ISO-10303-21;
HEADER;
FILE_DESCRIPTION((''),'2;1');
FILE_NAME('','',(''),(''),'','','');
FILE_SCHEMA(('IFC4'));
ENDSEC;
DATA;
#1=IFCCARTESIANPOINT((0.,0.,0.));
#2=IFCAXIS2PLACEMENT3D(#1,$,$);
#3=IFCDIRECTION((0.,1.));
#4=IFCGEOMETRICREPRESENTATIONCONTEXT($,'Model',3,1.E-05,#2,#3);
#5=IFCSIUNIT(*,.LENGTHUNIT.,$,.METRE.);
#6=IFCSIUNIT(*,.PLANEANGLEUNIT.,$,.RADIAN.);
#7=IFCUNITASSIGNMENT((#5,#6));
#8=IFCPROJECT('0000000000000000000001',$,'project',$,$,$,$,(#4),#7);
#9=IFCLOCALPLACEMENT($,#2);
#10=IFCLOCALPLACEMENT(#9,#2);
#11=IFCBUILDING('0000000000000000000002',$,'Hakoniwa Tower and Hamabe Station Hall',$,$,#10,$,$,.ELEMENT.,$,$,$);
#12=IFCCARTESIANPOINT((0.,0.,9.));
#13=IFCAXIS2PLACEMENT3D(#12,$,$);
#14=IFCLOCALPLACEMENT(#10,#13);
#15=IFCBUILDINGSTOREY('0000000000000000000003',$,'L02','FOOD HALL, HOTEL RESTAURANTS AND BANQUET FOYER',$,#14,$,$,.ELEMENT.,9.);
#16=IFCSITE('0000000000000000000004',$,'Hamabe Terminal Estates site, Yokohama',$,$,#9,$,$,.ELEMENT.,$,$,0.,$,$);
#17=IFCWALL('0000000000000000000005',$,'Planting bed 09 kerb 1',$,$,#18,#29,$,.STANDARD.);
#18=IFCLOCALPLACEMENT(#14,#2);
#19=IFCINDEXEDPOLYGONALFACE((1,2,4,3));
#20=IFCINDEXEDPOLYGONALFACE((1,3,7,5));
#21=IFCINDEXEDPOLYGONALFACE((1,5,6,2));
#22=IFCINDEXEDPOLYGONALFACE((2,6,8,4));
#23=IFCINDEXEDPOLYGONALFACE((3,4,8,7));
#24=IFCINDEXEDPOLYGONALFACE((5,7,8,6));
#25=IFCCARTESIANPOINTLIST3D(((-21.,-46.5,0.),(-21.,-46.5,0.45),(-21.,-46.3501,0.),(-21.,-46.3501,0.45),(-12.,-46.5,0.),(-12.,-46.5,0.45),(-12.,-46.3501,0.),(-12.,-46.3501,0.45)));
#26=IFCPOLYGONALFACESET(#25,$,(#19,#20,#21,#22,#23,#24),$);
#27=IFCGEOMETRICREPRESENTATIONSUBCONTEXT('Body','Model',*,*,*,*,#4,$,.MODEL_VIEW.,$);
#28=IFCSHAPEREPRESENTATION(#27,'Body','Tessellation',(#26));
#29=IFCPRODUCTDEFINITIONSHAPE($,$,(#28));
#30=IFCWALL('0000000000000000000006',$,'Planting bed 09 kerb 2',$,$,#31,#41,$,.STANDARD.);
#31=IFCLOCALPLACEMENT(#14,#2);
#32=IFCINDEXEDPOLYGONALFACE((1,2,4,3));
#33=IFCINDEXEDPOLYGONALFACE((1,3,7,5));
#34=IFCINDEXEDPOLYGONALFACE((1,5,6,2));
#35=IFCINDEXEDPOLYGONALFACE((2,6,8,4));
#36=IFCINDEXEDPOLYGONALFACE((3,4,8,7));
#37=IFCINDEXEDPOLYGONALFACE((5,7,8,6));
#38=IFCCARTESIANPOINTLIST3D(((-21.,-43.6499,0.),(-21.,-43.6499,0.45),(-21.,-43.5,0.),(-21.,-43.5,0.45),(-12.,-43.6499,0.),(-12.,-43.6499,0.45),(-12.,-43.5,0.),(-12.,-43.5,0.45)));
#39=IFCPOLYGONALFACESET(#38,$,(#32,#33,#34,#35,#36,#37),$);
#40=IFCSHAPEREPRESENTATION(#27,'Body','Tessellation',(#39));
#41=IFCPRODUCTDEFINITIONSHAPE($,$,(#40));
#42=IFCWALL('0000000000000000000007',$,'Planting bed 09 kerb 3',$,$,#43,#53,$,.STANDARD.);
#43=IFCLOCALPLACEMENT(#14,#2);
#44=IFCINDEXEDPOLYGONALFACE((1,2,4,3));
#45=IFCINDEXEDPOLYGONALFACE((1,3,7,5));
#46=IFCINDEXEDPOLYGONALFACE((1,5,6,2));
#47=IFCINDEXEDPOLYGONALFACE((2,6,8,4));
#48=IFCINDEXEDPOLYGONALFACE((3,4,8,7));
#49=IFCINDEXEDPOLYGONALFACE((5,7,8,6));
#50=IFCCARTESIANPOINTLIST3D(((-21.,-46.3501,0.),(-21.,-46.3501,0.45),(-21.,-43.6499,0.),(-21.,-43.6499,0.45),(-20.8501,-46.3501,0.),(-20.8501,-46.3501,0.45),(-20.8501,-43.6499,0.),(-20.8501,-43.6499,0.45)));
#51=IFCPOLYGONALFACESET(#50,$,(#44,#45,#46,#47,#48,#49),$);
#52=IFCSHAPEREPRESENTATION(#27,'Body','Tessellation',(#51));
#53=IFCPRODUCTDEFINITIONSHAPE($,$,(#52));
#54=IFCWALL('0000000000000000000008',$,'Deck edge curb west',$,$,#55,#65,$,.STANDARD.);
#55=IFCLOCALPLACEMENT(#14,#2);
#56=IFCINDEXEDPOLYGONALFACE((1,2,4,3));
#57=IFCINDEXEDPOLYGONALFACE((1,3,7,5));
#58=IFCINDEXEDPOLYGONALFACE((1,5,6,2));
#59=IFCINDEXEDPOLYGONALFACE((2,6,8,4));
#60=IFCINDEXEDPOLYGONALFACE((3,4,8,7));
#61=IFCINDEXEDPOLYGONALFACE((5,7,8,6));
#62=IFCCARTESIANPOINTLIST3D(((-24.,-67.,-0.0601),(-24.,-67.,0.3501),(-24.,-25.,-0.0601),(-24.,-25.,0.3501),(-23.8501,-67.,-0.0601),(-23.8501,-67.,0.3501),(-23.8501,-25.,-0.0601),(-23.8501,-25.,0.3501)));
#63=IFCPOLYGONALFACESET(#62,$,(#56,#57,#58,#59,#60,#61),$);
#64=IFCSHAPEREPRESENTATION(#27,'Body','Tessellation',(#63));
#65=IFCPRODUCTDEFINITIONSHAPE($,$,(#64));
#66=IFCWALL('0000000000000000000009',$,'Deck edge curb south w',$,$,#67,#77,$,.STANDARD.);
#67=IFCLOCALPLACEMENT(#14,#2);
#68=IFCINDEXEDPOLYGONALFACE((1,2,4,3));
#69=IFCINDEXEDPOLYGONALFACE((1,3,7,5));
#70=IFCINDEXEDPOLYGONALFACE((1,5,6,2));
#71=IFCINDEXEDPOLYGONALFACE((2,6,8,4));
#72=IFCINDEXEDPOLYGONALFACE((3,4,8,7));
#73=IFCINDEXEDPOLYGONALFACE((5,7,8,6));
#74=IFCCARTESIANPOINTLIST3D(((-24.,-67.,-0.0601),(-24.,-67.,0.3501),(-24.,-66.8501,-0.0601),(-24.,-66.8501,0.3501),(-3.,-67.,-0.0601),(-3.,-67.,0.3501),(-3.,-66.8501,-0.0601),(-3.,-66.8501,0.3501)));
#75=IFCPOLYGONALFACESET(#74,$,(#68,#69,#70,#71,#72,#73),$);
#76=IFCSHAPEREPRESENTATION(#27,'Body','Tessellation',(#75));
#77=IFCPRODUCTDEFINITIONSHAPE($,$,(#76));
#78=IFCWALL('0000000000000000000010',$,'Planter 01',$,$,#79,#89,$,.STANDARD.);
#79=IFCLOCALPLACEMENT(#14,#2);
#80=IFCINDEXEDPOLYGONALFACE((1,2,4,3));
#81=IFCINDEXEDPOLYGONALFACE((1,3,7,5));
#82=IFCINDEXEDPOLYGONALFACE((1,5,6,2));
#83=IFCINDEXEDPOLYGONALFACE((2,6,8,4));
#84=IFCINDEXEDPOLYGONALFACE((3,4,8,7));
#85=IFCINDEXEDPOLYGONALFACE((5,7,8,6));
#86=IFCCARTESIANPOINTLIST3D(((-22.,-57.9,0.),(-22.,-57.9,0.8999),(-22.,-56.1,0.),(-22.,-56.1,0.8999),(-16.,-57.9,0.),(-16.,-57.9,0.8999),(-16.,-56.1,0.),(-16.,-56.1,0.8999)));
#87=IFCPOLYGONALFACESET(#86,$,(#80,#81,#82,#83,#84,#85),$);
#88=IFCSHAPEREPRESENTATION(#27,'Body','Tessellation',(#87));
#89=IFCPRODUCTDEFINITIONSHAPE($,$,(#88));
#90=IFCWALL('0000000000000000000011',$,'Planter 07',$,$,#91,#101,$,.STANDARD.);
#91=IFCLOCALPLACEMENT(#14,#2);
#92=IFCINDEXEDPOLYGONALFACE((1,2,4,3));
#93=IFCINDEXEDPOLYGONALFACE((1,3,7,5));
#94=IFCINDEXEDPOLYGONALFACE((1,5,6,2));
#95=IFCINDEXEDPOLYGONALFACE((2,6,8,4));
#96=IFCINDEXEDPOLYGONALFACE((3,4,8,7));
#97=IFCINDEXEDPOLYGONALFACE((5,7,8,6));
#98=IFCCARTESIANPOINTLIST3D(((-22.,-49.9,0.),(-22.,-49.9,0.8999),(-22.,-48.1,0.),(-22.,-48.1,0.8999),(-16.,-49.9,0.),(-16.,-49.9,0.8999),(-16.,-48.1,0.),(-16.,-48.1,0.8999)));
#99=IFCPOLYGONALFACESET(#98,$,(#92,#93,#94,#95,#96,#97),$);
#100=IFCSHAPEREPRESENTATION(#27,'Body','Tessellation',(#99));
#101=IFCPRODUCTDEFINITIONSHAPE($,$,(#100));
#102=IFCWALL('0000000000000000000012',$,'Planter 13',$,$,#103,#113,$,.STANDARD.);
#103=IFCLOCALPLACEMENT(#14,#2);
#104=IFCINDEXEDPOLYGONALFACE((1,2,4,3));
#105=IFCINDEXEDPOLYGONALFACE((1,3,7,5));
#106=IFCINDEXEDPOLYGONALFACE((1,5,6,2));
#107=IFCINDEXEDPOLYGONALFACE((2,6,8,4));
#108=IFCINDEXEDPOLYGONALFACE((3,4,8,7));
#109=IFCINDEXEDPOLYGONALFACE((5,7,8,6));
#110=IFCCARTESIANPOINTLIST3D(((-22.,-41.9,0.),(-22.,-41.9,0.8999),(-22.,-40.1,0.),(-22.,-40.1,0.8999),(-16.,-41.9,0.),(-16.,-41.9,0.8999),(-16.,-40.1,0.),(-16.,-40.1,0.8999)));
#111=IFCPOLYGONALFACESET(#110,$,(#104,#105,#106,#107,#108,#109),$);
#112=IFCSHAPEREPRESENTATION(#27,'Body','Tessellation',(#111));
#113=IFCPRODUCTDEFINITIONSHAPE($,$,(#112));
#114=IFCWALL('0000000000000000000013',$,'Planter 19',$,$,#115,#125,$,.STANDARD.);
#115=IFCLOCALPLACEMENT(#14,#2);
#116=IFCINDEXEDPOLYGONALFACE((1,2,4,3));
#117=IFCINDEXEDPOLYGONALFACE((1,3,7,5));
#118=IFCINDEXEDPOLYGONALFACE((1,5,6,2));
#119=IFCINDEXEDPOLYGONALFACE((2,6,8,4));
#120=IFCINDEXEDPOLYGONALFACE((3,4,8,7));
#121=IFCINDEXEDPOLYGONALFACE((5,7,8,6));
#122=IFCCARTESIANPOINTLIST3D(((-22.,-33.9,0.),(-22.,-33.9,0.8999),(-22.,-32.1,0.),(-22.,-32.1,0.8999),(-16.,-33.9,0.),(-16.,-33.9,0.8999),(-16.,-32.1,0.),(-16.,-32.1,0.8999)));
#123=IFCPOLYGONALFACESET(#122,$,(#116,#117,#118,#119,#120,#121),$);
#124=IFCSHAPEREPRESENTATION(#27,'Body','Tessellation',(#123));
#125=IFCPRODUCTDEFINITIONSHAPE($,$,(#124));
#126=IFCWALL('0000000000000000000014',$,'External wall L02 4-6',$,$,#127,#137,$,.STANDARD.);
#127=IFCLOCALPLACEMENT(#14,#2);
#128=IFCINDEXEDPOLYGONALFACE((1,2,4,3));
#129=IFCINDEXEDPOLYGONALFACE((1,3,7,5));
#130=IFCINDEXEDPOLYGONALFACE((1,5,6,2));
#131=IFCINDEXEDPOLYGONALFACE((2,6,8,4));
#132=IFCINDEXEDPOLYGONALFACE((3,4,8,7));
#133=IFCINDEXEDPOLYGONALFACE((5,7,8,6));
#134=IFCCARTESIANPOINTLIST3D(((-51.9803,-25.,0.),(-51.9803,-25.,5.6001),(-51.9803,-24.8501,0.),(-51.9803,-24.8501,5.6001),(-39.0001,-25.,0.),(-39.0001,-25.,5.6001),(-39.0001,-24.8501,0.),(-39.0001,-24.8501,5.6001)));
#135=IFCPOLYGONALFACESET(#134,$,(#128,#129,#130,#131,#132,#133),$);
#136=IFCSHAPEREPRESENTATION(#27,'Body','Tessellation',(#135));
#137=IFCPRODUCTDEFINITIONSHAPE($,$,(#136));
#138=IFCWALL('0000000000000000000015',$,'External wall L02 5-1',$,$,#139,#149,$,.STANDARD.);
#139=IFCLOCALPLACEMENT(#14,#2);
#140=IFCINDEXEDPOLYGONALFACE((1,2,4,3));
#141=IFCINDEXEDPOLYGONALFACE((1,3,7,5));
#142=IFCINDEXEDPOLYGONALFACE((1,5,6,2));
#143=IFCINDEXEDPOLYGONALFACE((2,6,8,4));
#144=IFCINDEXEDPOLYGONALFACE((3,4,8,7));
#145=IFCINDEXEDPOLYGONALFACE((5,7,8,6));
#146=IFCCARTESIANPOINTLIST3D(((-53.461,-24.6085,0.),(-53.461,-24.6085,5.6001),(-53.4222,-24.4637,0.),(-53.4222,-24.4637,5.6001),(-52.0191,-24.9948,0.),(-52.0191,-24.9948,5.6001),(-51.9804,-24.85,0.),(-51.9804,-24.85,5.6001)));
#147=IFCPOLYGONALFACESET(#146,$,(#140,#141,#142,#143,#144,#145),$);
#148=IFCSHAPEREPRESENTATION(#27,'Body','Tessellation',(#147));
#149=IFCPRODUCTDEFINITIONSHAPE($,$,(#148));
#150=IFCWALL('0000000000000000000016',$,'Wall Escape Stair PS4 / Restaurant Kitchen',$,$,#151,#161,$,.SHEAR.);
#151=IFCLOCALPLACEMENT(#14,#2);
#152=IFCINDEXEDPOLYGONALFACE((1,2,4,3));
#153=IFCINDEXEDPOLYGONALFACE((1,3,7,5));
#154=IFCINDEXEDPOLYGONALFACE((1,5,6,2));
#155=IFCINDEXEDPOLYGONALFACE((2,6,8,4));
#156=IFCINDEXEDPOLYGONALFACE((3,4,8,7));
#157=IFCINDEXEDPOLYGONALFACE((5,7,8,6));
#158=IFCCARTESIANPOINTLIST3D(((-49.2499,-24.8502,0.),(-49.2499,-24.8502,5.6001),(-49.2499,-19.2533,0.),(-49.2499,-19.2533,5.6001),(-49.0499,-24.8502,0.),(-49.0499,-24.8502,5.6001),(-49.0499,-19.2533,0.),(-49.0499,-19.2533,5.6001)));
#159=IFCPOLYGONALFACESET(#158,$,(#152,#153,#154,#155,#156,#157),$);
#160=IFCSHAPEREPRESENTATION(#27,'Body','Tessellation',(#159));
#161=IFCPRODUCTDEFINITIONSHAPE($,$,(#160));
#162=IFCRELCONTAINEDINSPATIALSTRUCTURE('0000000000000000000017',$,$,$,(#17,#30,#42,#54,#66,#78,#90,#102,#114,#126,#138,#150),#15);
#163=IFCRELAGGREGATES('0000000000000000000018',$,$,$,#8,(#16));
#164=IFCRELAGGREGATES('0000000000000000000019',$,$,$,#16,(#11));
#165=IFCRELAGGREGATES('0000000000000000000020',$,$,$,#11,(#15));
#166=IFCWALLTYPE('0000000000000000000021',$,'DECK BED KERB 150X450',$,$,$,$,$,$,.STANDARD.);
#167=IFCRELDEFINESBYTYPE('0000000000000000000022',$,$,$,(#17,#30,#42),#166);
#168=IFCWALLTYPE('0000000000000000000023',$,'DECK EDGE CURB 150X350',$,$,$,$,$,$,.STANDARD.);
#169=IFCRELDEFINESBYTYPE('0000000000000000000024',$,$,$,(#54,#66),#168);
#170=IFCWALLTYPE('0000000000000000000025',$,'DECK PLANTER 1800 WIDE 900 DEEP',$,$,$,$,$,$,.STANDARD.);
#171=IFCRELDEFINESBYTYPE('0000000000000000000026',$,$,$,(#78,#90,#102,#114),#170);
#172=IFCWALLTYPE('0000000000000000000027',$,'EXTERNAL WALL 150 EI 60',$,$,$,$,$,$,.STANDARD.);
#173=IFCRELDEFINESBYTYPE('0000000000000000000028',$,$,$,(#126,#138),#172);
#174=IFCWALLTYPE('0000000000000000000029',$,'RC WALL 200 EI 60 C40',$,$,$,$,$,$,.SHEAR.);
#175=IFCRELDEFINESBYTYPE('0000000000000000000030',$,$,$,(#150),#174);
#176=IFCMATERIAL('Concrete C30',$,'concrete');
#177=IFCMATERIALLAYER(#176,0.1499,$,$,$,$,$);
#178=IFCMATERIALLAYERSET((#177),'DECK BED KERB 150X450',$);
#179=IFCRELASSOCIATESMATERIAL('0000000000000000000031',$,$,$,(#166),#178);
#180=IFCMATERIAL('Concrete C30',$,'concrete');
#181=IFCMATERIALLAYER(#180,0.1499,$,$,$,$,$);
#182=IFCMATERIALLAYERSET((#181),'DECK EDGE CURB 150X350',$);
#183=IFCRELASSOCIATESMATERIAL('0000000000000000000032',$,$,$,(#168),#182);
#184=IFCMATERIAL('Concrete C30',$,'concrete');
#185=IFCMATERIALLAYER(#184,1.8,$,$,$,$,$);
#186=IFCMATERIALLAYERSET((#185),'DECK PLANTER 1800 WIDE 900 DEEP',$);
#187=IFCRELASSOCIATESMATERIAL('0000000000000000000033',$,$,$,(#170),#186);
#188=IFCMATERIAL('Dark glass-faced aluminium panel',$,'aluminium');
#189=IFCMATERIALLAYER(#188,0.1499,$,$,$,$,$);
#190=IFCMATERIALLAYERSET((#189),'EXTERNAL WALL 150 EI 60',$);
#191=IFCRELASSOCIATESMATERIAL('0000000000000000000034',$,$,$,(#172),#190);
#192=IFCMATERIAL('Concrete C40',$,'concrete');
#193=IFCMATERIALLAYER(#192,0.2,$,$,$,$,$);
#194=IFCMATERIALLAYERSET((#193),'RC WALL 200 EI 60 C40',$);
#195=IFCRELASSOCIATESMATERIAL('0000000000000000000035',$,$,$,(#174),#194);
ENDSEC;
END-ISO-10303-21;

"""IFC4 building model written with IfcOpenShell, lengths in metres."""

from ifc_helpers import new_model, si_unit, direction, frame, frame_2d, origin, place, context, subcontext, project, spatial, rectangle, extrude, material, layer, layer_set, type_object, element, save


model = new_model("IFC4")

# Units and contexts
model_context = context("Model", 3, precision=1e-05, world=origin(), true_north=direction((0.0, 1.0)))
body_context = subcontext(model_context, "Body", "Model", "MODEL_VIEW")
ifc_project = project(units=[si_unit("LENGTHUNIT", "METRE"), si_unit("PLANEANGLEUNIT", "RADIAN")], contexts=[model_context])

# Site, building, storey
site_placement = place(None, origin())
site = spatial("IfcSite", under=ifc_project, at=site_placement, Name="Hamabe Terminal Estates site, Yokohama", CompositionType="ELEMENT", RefElevation=0.0)
building_placement = place(site_placement, origin())
building = spatial("IfcBuilding", under=site, at=building_placement, Name="Hakoniwa Tower and Hamabe Station Hall", CompositionType="ELEMENT")
storey_placement = place(building_placement, frame((0.0, 0.0, 9.0)))
storey = spatial("IfcBuildingStorey", under=building, at=storey_placement, Name="L02", Description="FOOD HALL, HOTEL RESTAURANTS AND BANQUET FOYER", CompositionType="ELEMENT", Elevation=9.0)

# Walls
ifc_material_1 = material(Name="Concrete C30", Category="concrete")
ifc_layer_1 = layer(ifc_material_1, 0.1499)
ifc_layer_set_1 = layer_set([ifc_layer_1], Name="DECK BED KERB 150X450")
wall_type_1 = type_object("IfcWallType", Name="DECK BED KERB 150X450", PredefinedType="STANDARD", material=ifc_layer_set_1)
for number, where, z_axis, x_axis, name in (
    (1, (-21.0, -46.425, 0.0), (0.0, 0.0, 1.0), (1.0, 0.0, 0.0), "Planting bed 09 kerb 1"),
    (2, (-21.0, -43.575, 0.0), (0.0, 0.0, 1.0), (1.0, 0.0, 0.0), "Planting bed 09 kerb 2"),
):
    element("IfcWall", number, at=place(storey_placement, frame(where, z_axis=z_axis, x_axis=x_axis)), inside=storey, type_object=wall_type_1, Name=name, PredefinedType="STANDARD", context=body_context, shape_type="SweptSolid", body=[
        extrude(rectangle(XDim=9.0, YDim=0.1499, at=frame_2d((4.5, 0.0))), origin(), (0.0, 0.0, 1.0), 0.45),
    ])
wall_1_placement = place(storey_placement, frame((-20.925, -46.3501, 0.0), z_axis=(0.0, 0.0, 1.0), x_axis=(0.0, 1.0, 0.0)))
element("IfcWall", 3, at=wall_1_placement, inside=storey, type_object=wall_type_1, Name="Planting bed 09 kerb 3", PredefinedType="STANDARD", context=body_context, shape_type="SweptSolid", body=[
    extrude(rectangle(XDim=2.7002, YDim=0.1499, at=frame_2d((1.3501, 0.0))), origin(), (0.0, 0.0, 1.0), 0.45),
])
ifc_material_2 = material(Name="Concrete C30", Category="concrete")
ifc_layer_2 = layer(ifc_material_2, 0.1499)
ifc_layer_set_2 = layer_set([ifc_layer_2], Name="DECK EDGE CURB 150X350")
wall_type_2 = type_object("IfcWallType", Name="DECK EDGE CURB 150X350", PredefinedType="STANDARD", material=ifc_layer_set_2)
wall_2_placement = place(storey_placement, frame((-23.925, -67.0, -0.0601), z_axis=(0.0, 0.0, 1.0), x_axis=(0.0, 1.0, 0.0)))
element("IfcWall", 4, at=wall_2_placement, inside=storey, type_object=wall_type_2, Name="Deck edge curb west", PredefinedType="STANDARD", context=body_context, shape_type="SweptSolid", body=[
    extrude(rectangle(XDim=42.0, YDim=0.1499, at=frame_2d((21.0, 0.0))), origin(), (0.0, 0.0, 1.0), 0.4102),
])
wall_3_placement = place(storey_placement, frame((-24.0, -66.925, -0.0601), z_axis=(0.0, 0.0, 1.0), x_axis=(1.0, 0.0, 0.0)))
element("IfcWall", 5, at=wall_3_placement, inside=storey, type_object=wall_type_2, Name="Deck edge curb south w", PredefinedType="STANDARD", context=body_context, shape_type="SweptSolid", body=[
    extrude(rectangle(XDim=21.0, YDim=0.1499, at=frame_2d((10.5, 0.0))), origin(), (0.0, 0.0, 1.0), 0.4102),
])
ifc_material_3 = material(Name="Concrete C30", Category="concrete")
ifc_layer_3 = layer(ifc_material_3, 1.8)
ifc_layer_set_3 = layer_set([ifc_layer_3], Name="DECK PLANTER 1800 WIDE 900 DEEP")
wall_type_3 = type_object("IfcWallType", Name="DECK PLANTER 1800 WIDE 900 DEEP", PredefinedType="STANDARD", material=ifc_layer_set_3)
for number, where, z_axis, x_axis, name in (
    (6, (-22.0, -57.0, 0.0), (0.0, 0.0, 1.0), (1.0, 0.0, 0.0), "Planter 01"),
    (7, (-22.0, -49.0, 0.0), (0.0, 0.0, 1.0), (1.0, 0.0, 0.0), "Planter 07"),
    (8, (-22.0, -41.0, 0.0), (0.0, 0.0, 1.0), (1.0, 0.0, 0.0), "Planter 13"),
    (9, (-22.0, -33.0, 0.0), (0.0, 0.0, 1.0), (1.0, 0.0, 0.0), "Planter 19"),
):
    element("IfcWall", number, at=place(storey_placement, frame(where, z_axis=z_axis, x_axis=x_axis)), inside=storey, type_object=wall_type_3, Name=name, PredefinedType="STANDARD", context=body_context, shape_type="SweptSolid", body=[
        extrude(rectangle(XDim=6.0, YDim=1.8, at=frame_2d((3.0, 0.0))), origin(), (0.0, 0.0, 1.0), 0.8999),
    ])
ifc_material_4 = material(Name="Dark glass-faced aluminium panel", Category="aluminium")
ifc_layer_4 = layer(ifc_material_4, 0.1499)
ifc_layer_set_4 = layer_set([ifc_layer_4], Name="EXTERNAL WALL 150 EI 60")
wall_type_4 = type_object("IfcWallType", Name="EXTERNAL WALL 150 EI 60", PredefinedType="STANDARD", material=ifc_layer_set_4)
wall_4_placement = place(storey_placement, frame((-39.0, -24.925, 0.0), z_axis=(0.0, 0.0, 1.0), x_axis=(-1.0, 0.0, 0.0)))
element("IfcWall", 10, at=wall_4_placement, inside=storey, type_object=wall_type_4, Name="External wall L02 4-6", PredefinedType="STANDARD", context=body_context, shape_type="SweptSolid", body=[
    extrude(rectangle(XDim=12.9802, YDim=0.1499, at=frame_2d((6.4902, 0.0))), origin(), (0.0, 0.0, 1.0), 5.6001),
])
wall_5_placement = place(storey_placement, frame((-51.9998, -24.9224, 0.0), z_axis=(0.0, 0.0, 1.0), x_axis=(-0.965947, 0.258742, 0.0)))
element("IfcWall", 11, at=wall_5_placement, inside=storey, type_object=wall_type_4, Name="External wall L02 5-1", PredefinedType="STANDARD", context=body_context, shape_type="SweptSolid", body=[
    extrude(rectangle(XDim=1.4927, YDim=0.1499, at=frame_2d((0.7463, 0.0))), origin(), (0.0, 0.0, 1.0), 5.6001),
])
ifc_material_5 = material(Name="Concrete C40", Category="concrete")
ifc_layer_5 = layer(ifc_material_5, 0.2)
ifc_layer_set_5 = layer_set([ifc_layer_5], Name="RC WALL 200 EI 60 C40")
wall_type_5 = type_object("IfcWallType", Name="RC WALL 200 EI 60 C40", PredefinedType="SHEAR", material=ifc_layer_set_5)
wall_6_placement = place(storey_placement, frame((-49.1499, -24.8501, 0.0), z_axis=(0.0, 0.0, 1.0), x_axis=(0.0, 1.0, 0.0)))
element("IfcWall", 12, at=wall_6_placement, inside=storey, type_object=wall_type_5, Name="Wall Escape Stair PS4 / Restaurant Kitchen", PredefinedType="SHEAR", context=body_context, shape_type="SweptSolid", body=[
    extrude(rectangle(XDim=5.5969, YDim=0.2, at=frame_2d((2.7983, 0.0))), origin(), (0.0, 0.0, 1.0), 5.6001),
])

save(model, "model.ifc")
